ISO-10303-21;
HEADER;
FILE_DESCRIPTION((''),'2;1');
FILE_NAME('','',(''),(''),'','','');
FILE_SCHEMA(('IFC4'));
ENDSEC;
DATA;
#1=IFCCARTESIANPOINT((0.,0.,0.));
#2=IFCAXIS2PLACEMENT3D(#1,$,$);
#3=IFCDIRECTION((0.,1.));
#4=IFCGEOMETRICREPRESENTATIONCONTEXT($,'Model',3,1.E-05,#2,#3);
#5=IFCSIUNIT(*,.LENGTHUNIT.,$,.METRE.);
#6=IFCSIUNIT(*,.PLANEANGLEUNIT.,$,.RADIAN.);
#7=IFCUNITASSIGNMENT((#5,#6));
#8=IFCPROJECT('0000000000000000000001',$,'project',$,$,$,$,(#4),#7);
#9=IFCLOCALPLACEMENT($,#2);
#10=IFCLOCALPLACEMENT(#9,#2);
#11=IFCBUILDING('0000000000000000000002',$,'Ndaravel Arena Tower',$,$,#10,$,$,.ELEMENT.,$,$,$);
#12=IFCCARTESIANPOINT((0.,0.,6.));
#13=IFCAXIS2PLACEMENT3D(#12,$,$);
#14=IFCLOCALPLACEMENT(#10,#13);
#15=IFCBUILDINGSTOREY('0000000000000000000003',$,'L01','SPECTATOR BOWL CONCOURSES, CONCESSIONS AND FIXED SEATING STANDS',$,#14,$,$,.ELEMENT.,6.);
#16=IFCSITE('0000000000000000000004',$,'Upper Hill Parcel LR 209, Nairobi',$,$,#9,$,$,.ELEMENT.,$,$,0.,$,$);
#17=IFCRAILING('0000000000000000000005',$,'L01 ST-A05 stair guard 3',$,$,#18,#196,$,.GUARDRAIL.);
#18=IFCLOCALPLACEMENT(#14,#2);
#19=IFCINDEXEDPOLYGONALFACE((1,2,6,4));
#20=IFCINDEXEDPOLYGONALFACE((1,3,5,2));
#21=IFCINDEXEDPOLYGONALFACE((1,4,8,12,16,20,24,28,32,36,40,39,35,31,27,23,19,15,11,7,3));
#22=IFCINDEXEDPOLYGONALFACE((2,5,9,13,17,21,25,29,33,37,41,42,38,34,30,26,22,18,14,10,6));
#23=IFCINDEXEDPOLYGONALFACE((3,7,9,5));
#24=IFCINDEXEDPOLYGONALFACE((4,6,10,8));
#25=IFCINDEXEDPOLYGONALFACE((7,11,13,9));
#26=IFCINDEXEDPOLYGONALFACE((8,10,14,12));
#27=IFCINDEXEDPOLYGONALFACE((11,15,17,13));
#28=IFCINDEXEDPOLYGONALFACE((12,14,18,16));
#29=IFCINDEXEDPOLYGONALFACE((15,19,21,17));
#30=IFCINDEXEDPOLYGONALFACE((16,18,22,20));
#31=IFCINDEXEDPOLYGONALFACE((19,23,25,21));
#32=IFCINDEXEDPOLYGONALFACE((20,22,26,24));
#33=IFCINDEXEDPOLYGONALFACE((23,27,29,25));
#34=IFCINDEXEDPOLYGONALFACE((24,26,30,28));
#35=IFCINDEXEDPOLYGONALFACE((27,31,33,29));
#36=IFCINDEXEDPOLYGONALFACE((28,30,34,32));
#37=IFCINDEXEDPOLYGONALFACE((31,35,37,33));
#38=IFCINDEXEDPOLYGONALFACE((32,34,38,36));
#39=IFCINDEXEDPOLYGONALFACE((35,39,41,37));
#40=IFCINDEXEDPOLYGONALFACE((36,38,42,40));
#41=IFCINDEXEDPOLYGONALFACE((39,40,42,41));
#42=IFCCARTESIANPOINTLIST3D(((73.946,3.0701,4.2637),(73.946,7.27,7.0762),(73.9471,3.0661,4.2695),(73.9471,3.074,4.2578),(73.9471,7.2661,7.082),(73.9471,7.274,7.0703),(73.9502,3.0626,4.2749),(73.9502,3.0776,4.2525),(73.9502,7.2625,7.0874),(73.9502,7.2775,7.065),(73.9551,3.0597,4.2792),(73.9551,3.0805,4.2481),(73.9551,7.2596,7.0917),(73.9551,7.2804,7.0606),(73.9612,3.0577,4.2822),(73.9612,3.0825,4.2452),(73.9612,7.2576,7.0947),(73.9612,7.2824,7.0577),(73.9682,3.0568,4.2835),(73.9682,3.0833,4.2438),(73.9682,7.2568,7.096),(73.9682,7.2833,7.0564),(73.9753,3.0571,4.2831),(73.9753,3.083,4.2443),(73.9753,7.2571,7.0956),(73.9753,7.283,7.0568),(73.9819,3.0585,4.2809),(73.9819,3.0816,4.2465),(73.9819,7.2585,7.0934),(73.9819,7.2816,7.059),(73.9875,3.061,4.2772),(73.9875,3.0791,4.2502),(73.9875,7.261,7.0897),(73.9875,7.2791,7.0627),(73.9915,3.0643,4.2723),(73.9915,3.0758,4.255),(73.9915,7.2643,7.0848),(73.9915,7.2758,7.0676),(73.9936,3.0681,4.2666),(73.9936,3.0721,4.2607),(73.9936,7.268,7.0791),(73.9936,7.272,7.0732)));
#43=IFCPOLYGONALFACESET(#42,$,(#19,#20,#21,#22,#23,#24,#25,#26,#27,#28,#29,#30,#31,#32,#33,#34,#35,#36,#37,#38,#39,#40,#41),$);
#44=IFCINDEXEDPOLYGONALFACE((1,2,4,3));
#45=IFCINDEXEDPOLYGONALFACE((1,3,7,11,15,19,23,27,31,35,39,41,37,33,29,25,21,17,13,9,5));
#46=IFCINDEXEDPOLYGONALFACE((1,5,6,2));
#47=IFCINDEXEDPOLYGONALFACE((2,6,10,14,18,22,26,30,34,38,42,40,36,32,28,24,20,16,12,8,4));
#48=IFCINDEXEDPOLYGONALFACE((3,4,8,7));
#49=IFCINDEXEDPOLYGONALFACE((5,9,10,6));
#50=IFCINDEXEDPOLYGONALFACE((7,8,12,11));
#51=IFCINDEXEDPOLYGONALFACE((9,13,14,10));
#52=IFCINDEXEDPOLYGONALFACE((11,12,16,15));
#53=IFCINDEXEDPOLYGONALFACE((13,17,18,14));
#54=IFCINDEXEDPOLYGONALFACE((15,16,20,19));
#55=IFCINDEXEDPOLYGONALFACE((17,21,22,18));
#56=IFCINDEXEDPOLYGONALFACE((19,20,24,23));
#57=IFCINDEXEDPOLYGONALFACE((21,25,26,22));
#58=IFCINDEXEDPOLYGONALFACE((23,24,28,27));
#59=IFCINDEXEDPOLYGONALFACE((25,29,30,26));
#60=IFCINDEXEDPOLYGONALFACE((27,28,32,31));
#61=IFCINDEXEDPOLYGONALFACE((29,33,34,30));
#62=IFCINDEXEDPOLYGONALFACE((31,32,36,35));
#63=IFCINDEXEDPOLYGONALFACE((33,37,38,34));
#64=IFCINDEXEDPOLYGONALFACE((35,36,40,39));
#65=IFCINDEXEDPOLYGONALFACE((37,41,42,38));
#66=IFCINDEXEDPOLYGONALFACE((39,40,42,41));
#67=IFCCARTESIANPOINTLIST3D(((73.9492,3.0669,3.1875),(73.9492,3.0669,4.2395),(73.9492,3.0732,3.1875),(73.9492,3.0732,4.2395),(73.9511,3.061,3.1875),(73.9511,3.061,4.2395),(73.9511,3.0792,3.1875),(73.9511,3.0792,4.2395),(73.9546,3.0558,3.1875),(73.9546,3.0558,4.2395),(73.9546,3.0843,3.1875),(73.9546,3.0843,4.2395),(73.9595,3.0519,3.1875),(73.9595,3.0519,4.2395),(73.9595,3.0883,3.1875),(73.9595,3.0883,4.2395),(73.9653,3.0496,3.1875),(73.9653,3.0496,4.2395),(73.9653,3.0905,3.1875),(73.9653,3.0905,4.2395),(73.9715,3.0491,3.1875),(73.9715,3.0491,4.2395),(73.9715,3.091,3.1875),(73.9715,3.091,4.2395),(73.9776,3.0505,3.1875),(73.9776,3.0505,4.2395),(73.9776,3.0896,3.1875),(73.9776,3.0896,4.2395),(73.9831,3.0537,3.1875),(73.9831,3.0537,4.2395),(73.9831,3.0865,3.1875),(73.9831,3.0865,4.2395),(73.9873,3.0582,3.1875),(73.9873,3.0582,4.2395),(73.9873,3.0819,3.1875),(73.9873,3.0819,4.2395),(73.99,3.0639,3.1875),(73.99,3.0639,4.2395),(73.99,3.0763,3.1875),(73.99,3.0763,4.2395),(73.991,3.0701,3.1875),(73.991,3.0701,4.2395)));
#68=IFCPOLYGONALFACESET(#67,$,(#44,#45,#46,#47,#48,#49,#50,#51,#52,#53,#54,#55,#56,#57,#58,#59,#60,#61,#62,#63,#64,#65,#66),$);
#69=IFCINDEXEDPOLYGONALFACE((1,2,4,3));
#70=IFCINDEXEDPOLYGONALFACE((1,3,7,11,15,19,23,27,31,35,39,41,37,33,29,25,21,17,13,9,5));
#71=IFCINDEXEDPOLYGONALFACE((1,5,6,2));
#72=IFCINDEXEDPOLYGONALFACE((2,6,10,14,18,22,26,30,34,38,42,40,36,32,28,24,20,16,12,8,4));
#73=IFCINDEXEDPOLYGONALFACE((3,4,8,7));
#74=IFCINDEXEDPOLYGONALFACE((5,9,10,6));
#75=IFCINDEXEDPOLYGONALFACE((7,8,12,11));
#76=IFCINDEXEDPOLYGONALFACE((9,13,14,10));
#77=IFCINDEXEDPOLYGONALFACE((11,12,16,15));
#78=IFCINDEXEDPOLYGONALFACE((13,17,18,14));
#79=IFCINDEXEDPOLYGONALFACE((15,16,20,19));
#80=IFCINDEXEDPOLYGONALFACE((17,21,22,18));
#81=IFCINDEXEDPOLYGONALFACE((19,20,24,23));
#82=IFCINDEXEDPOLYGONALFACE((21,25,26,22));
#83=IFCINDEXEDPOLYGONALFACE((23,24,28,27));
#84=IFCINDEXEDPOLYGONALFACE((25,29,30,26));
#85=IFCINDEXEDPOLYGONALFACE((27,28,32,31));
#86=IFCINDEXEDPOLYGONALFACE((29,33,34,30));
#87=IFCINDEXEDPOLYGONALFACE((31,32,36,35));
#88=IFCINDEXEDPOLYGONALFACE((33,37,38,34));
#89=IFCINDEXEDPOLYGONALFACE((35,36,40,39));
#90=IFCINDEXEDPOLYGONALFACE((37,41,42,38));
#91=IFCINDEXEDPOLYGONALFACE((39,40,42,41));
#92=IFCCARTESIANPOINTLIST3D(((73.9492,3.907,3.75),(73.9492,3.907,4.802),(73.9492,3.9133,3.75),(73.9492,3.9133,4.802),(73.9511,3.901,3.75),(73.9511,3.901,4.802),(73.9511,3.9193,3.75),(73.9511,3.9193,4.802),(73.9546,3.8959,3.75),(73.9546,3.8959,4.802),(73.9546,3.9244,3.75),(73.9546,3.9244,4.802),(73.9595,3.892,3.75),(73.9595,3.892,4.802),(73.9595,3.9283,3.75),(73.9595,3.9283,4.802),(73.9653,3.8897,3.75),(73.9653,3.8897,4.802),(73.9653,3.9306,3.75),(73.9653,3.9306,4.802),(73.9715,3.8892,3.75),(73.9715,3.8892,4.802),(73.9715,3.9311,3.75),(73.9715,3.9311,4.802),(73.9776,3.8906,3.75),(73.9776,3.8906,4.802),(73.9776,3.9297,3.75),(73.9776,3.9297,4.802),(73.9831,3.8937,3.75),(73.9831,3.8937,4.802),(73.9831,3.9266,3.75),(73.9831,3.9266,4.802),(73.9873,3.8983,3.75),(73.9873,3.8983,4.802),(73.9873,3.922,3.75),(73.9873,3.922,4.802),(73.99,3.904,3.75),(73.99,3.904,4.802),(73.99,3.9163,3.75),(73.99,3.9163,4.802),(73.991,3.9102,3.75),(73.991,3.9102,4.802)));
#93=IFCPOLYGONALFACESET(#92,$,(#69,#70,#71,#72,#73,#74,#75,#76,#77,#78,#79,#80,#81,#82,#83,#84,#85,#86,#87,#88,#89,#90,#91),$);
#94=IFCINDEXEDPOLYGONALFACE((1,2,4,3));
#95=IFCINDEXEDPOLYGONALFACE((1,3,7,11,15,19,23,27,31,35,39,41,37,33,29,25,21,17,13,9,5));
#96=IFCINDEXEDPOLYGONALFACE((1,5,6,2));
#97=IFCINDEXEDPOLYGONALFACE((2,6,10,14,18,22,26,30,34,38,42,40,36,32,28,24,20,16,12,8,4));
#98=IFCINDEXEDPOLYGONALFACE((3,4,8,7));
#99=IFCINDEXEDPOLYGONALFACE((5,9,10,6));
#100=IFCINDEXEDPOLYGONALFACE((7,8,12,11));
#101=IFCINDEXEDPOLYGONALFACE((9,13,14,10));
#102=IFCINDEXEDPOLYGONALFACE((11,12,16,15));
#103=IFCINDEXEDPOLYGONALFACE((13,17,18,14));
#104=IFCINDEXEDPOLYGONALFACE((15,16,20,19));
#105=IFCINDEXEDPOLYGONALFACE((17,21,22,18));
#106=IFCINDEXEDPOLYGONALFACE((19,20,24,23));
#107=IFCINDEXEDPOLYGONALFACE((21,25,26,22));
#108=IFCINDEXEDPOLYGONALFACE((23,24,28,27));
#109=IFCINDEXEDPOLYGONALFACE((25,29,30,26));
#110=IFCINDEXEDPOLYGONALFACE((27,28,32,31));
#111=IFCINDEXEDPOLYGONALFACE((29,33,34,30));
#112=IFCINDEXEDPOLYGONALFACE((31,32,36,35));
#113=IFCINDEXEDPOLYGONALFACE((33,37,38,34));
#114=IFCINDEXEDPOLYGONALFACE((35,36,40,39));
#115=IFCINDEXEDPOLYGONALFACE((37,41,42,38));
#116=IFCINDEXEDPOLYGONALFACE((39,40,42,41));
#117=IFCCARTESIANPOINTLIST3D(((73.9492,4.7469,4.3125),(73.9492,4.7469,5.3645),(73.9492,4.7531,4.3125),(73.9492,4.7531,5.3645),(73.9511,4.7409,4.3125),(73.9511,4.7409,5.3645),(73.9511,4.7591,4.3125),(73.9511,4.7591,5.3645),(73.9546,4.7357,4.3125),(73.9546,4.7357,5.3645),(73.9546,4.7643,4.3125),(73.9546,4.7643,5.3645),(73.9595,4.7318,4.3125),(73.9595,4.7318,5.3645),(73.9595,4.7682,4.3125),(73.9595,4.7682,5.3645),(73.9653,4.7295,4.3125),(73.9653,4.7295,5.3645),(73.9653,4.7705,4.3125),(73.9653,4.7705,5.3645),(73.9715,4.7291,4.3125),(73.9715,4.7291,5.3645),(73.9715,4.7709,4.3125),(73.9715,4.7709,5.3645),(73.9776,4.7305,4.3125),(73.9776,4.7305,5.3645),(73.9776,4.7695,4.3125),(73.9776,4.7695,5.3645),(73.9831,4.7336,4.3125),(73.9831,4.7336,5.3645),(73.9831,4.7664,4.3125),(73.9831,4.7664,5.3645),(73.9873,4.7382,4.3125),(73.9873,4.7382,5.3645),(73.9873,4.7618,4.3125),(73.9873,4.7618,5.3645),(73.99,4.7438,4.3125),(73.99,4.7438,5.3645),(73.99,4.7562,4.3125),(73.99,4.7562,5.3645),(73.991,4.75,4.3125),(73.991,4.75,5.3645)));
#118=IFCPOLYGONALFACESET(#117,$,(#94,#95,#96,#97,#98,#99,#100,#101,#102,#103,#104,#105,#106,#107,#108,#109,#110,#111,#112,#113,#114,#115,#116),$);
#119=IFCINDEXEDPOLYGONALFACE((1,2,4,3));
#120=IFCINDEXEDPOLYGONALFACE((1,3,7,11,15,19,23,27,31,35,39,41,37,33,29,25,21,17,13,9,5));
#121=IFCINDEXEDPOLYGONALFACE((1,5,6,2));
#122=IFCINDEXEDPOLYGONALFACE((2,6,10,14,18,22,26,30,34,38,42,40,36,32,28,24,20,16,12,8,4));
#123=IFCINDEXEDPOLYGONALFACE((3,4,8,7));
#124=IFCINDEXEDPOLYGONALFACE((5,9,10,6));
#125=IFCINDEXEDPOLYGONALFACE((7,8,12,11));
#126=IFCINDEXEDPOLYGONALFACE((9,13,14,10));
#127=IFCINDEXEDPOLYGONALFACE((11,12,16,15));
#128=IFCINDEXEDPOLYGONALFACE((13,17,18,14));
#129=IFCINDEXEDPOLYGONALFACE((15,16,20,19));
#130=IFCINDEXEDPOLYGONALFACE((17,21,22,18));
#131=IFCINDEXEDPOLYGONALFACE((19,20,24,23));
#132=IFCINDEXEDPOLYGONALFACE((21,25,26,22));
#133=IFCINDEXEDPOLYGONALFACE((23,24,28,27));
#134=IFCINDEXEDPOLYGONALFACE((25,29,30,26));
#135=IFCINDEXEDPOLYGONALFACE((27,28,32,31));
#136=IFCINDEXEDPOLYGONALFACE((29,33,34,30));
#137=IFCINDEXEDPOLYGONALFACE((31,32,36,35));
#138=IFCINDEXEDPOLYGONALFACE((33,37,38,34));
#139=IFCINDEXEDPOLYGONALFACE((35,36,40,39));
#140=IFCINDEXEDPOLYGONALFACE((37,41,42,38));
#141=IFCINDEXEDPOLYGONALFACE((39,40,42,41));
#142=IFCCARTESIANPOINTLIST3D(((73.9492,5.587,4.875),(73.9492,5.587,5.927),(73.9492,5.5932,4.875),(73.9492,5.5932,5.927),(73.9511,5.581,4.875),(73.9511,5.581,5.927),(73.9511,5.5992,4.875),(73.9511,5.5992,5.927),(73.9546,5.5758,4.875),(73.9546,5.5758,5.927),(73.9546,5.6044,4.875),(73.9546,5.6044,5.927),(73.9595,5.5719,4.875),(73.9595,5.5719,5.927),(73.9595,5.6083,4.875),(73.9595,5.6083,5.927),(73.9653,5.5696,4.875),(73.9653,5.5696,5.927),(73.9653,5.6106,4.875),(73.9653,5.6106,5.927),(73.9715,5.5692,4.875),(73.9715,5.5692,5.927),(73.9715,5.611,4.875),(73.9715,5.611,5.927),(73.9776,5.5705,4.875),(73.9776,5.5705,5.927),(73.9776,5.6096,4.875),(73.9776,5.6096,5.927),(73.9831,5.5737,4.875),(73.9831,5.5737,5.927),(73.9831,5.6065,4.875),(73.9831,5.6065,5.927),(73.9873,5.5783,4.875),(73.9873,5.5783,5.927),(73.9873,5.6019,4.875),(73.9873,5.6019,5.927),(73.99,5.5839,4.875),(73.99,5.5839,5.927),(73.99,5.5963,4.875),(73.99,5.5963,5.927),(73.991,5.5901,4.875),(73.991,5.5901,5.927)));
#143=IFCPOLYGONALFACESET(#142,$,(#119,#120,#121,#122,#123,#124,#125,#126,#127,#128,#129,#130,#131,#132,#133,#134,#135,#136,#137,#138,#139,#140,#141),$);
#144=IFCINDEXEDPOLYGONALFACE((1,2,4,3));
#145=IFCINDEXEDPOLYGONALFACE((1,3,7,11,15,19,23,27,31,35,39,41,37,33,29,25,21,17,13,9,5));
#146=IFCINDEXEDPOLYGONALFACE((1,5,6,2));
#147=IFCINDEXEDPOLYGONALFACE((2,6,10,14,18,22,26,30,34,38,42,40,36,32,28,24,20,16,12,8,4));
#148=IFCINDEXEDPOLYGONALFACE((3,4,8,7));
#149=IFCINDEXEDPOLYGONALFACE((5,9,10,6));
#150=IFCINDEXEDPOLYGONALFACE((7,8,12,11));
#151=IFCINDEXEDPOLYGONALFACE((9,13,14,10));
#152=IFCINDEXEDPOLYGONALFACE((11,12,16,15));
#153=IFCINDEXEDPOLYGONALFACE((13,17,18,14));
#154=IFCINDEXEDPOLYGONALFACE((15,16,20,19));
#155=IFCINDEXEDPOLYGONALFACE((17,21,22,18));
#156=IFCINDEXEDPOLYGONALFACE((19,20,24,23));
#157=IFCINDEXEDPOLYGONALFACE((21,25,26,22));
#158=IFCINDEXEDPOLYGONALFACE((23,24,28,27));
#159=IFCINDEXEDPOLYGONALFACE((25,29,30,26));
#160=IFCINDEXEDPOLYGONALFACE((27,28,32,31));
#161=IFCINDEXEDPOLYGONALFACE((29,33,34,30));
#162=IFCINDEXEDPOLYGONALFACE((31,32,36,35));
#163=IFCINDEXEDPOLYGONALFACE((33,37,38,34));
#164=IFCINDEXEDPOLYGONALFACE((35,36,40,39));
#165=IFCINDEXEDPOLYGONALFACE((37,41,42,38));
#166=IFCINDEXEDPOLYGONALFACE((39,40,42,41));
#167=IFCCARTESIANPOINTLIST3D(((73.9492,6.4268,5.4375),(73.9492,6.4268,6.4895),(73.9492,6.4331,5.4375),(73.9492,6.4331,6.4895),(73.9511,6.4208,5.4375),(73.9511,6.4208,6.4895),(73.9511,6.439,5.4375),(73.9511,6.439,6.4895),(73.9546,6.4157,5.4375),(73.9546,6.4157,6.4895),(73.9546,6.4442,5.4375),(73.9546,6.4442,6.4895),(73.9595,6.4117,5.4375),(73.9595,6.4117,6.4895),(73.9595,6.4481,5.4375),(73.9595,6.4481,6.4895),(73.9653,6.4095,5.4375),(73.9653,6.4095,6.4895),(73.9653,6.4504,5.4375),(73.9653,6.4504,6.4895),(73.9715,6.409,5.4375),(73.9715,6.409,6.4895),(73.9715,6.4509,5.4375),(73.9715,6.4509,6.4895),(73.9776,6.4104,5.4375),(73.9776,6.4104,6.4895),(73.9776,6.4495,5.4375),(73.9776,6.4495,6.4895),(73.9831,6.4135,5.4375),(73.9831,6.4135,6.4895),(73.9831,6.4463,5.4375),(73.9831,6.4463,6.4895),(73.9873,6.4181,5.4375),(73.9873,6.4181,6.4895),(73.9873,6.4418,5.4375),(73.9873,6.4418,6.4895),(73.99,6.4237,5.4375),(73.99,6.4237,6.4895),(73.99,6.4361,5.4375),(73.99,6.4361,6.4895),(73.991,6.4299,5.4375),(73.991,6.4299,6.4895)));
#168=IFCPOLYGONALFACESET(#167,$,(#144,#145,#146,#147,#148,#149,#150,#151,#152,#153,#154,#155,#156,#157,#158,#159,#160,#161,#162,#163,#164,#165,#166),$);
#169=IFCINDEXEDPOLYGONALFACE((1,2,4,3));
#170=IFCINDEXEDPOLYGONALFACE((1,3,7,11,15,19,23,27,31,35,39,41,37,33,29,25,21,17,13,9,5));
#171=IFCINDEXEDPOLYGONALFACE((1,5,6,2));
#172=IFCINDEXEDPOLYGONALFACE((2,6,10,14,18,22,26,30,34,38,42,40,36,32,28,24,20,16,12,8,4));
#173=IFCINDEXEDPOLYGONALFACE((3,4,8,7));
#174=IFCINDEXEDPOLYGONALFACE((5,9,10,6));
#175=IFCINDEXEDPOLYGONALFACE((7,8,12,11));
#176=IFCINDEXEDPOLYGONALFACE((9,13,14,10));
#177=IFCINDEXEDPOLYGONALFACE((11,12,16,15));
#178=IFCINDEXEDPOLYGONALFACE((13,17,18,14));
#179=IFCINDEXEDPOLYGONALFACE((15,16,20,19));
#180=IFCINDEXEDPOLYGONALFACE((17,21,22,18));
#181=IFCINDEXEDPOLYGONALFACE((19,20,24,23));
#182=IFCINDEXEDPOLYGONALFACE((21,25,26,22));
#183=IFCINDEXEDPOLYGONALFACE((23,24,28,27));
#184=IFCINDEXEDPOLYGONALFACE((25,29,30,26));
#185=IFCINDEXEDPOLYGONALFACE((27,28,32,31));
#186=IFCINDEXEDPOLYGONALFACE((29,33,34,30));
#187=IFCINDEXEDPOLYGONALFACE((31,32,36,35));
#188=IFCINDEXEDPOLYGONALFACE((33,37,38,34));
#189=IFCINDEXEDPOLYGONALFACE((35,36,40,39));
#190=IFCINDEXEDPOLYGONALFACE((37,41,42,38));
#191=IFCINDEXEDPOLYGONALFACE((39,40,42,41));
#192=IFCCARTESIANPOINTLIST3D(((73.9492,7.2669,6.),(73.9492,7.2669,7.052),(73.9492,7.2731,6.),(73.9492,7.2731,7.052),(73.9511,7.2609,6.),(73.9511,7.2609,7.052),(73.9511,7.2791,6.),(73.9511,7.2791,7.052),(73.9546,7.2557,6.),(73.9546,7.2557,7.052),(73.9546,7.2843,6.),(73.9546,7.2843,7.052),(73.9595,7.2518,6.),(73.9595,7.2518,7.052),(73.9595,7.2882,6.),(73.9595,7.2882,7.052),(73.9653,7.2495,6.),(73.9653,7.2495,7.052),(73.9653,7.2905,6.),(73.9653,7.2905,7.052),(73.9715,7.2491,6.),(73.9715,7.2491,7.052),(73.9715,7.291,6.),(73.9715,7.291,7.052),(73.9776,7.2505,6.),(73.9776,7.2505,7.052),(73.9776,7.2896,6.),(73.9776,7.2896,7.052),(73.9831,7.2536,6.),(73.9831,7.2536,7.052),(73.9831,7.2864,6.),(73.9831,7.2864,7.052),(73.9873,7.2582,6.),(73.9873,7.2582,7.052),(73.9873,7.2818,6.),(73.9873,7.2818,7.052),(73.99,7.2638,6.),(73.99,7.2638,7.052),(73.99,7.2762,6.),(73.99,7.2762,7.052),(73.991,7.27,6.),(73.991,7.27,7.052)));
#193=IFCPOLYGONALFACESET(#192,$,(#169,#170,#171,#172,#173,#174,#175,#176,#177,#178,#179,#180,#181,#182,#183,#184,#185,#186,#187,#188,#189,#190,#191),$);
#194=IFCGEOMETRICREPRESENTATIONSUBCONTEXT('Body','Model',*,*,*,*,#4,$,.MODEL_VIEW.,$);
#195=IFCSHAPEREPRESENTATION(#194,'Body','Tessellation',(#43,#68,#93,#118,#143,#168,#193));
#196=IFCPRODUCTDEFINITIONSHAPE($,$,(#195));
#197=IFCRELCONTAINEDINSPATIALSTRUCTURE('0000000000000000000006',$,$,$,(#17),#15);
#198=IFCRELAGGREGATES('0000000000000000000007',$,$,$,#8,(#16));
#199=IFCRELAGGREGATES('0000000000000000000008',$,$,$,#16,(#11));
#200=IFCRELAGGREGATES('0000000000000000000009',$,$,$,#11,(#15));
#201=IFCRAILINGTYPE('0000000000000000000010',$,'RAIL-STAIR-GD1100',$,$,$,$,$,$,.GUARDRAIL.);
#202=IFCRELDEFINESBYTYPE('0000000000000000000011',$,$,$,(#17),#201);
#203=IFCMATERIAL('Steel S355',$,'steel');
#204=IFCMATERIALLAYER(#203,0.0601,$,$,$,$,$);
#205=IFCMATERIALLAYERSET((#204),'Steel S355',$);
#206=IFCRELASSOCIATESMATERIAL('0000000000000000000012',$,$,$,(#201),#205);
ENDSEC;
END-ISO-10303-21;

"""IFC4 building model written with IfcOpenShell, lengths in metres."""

from ifc_helpers import new_model, si_unit, direction, frame, origin, origin_2d, place, context, subcontext, project, spatial, circle, extrude, material, layer, layer_set, type_object, element, save


model = new_model("IFC4")

# Units and contexts
model_context = context("Model", 3, precision=1e-05, world=origin(), true_north=direction((0.0, 1.0)))
body_context = subcontext(model_context, "Body", "Model", "MODEL_VIEW")
ifc_project = project(units=[si_unit("LENGTHUNIT", "METRE"), si_unit("PLANEANGLEUNIT", "RADIAN")], contexts=[model_context])

# Site, building, storey
site_placement = place(None, origin())
site = spatial("IfcSite", under=ifc_project, at=site_placement, Name="Upper Hill Parcel LR 209, Nairobi", CompositionType="ELEMENT", RefElevation=0.0)
building_placement = place(site_placement, origin())
building = spatial("IfcBuilding", under=site, at=building_placement, Name="Ndaravel Arena Tower", CompositionType="ELEMENT")
storey_placement = place(building_placement, frame((0.0, 0.0, 6.0)))
storey = spatial("IfcBuildingStorey", under=building, at=storey_placement, Name="L01", Description="SPECTATOR BOWL CONCOURSES, CONCESSIONS AND FIXED SEATING STANDS", CompositionType="ELEMENT", Elevation=6.0)

# Railing
ifc_material_1 = material(Name="Steel S355", Category="steel")
ifc_layer_1 = layer(ifc_material_1, 0.0601)
ifc_layer_set_1 = layer_set([ifc_layer_1], Name="Steel S355")
railing_type_1 = type_object("IfcRailingType", Name="RAIL-STAIR-GD1100", PredefinedType="GUARDRAIL", material=ifc_layer_set_1)
railing_1_placement = place(storey_placement, frame((73.97, 3.0701, 3.1875)))
element("IfcRailing", 1, at=railing_1_placement, inside=storey, type_object=railing_type_1, Name="L01 ST-A05 stair guard 3", PredefinedType="GUARDRAIL", context=body_context, shape_type="SweptSolid", body=[
    extrude(circle(Radius=0.0239, at=origin_2d()), frame((0.0, 0.0, 1.0762), z_axis=(0.0, 0.830904, 0.556416), x_axis=(-1.0, 0.0, 0.0)), (0.0, 0.0, 1.0), 5.0547),
    extrude(circle(Radius=0.021, at=origin_2d()), origin(), (0.0, 0.0, 1.0), 1.052),
    extrude(circle(Radius=0.021, at=origin_2d()), frame((0.0, 0.8401, 0.5625)), (0.0, 0.0, 1.0), 1.052),
    extrude(circle(Radius=0.021, at=origin_2d()), frame((0.0, 1.6799, 1.125)), (0.0, 0.0, 1.0), 1.052),
    extrude(circle(Radius=0.021, at=origin_2d()), frame((0.0, 2.52, 1.6875)), (0.0, 0.0, 1.0), 1.052),
    extrude(circle(Radius=0.021, at=origin_2d()), frame((0.0, 3.3599, 2.25)), (0.0, 0.0, 1.0), 1.052),
    extrude(circle(Radius=0.021, at=origin_2d()), frame((0.0, 4.2, 2.8125)), (0.0, 0.0, 1.0), 1.052),
])

save(model, "model.ifc")
